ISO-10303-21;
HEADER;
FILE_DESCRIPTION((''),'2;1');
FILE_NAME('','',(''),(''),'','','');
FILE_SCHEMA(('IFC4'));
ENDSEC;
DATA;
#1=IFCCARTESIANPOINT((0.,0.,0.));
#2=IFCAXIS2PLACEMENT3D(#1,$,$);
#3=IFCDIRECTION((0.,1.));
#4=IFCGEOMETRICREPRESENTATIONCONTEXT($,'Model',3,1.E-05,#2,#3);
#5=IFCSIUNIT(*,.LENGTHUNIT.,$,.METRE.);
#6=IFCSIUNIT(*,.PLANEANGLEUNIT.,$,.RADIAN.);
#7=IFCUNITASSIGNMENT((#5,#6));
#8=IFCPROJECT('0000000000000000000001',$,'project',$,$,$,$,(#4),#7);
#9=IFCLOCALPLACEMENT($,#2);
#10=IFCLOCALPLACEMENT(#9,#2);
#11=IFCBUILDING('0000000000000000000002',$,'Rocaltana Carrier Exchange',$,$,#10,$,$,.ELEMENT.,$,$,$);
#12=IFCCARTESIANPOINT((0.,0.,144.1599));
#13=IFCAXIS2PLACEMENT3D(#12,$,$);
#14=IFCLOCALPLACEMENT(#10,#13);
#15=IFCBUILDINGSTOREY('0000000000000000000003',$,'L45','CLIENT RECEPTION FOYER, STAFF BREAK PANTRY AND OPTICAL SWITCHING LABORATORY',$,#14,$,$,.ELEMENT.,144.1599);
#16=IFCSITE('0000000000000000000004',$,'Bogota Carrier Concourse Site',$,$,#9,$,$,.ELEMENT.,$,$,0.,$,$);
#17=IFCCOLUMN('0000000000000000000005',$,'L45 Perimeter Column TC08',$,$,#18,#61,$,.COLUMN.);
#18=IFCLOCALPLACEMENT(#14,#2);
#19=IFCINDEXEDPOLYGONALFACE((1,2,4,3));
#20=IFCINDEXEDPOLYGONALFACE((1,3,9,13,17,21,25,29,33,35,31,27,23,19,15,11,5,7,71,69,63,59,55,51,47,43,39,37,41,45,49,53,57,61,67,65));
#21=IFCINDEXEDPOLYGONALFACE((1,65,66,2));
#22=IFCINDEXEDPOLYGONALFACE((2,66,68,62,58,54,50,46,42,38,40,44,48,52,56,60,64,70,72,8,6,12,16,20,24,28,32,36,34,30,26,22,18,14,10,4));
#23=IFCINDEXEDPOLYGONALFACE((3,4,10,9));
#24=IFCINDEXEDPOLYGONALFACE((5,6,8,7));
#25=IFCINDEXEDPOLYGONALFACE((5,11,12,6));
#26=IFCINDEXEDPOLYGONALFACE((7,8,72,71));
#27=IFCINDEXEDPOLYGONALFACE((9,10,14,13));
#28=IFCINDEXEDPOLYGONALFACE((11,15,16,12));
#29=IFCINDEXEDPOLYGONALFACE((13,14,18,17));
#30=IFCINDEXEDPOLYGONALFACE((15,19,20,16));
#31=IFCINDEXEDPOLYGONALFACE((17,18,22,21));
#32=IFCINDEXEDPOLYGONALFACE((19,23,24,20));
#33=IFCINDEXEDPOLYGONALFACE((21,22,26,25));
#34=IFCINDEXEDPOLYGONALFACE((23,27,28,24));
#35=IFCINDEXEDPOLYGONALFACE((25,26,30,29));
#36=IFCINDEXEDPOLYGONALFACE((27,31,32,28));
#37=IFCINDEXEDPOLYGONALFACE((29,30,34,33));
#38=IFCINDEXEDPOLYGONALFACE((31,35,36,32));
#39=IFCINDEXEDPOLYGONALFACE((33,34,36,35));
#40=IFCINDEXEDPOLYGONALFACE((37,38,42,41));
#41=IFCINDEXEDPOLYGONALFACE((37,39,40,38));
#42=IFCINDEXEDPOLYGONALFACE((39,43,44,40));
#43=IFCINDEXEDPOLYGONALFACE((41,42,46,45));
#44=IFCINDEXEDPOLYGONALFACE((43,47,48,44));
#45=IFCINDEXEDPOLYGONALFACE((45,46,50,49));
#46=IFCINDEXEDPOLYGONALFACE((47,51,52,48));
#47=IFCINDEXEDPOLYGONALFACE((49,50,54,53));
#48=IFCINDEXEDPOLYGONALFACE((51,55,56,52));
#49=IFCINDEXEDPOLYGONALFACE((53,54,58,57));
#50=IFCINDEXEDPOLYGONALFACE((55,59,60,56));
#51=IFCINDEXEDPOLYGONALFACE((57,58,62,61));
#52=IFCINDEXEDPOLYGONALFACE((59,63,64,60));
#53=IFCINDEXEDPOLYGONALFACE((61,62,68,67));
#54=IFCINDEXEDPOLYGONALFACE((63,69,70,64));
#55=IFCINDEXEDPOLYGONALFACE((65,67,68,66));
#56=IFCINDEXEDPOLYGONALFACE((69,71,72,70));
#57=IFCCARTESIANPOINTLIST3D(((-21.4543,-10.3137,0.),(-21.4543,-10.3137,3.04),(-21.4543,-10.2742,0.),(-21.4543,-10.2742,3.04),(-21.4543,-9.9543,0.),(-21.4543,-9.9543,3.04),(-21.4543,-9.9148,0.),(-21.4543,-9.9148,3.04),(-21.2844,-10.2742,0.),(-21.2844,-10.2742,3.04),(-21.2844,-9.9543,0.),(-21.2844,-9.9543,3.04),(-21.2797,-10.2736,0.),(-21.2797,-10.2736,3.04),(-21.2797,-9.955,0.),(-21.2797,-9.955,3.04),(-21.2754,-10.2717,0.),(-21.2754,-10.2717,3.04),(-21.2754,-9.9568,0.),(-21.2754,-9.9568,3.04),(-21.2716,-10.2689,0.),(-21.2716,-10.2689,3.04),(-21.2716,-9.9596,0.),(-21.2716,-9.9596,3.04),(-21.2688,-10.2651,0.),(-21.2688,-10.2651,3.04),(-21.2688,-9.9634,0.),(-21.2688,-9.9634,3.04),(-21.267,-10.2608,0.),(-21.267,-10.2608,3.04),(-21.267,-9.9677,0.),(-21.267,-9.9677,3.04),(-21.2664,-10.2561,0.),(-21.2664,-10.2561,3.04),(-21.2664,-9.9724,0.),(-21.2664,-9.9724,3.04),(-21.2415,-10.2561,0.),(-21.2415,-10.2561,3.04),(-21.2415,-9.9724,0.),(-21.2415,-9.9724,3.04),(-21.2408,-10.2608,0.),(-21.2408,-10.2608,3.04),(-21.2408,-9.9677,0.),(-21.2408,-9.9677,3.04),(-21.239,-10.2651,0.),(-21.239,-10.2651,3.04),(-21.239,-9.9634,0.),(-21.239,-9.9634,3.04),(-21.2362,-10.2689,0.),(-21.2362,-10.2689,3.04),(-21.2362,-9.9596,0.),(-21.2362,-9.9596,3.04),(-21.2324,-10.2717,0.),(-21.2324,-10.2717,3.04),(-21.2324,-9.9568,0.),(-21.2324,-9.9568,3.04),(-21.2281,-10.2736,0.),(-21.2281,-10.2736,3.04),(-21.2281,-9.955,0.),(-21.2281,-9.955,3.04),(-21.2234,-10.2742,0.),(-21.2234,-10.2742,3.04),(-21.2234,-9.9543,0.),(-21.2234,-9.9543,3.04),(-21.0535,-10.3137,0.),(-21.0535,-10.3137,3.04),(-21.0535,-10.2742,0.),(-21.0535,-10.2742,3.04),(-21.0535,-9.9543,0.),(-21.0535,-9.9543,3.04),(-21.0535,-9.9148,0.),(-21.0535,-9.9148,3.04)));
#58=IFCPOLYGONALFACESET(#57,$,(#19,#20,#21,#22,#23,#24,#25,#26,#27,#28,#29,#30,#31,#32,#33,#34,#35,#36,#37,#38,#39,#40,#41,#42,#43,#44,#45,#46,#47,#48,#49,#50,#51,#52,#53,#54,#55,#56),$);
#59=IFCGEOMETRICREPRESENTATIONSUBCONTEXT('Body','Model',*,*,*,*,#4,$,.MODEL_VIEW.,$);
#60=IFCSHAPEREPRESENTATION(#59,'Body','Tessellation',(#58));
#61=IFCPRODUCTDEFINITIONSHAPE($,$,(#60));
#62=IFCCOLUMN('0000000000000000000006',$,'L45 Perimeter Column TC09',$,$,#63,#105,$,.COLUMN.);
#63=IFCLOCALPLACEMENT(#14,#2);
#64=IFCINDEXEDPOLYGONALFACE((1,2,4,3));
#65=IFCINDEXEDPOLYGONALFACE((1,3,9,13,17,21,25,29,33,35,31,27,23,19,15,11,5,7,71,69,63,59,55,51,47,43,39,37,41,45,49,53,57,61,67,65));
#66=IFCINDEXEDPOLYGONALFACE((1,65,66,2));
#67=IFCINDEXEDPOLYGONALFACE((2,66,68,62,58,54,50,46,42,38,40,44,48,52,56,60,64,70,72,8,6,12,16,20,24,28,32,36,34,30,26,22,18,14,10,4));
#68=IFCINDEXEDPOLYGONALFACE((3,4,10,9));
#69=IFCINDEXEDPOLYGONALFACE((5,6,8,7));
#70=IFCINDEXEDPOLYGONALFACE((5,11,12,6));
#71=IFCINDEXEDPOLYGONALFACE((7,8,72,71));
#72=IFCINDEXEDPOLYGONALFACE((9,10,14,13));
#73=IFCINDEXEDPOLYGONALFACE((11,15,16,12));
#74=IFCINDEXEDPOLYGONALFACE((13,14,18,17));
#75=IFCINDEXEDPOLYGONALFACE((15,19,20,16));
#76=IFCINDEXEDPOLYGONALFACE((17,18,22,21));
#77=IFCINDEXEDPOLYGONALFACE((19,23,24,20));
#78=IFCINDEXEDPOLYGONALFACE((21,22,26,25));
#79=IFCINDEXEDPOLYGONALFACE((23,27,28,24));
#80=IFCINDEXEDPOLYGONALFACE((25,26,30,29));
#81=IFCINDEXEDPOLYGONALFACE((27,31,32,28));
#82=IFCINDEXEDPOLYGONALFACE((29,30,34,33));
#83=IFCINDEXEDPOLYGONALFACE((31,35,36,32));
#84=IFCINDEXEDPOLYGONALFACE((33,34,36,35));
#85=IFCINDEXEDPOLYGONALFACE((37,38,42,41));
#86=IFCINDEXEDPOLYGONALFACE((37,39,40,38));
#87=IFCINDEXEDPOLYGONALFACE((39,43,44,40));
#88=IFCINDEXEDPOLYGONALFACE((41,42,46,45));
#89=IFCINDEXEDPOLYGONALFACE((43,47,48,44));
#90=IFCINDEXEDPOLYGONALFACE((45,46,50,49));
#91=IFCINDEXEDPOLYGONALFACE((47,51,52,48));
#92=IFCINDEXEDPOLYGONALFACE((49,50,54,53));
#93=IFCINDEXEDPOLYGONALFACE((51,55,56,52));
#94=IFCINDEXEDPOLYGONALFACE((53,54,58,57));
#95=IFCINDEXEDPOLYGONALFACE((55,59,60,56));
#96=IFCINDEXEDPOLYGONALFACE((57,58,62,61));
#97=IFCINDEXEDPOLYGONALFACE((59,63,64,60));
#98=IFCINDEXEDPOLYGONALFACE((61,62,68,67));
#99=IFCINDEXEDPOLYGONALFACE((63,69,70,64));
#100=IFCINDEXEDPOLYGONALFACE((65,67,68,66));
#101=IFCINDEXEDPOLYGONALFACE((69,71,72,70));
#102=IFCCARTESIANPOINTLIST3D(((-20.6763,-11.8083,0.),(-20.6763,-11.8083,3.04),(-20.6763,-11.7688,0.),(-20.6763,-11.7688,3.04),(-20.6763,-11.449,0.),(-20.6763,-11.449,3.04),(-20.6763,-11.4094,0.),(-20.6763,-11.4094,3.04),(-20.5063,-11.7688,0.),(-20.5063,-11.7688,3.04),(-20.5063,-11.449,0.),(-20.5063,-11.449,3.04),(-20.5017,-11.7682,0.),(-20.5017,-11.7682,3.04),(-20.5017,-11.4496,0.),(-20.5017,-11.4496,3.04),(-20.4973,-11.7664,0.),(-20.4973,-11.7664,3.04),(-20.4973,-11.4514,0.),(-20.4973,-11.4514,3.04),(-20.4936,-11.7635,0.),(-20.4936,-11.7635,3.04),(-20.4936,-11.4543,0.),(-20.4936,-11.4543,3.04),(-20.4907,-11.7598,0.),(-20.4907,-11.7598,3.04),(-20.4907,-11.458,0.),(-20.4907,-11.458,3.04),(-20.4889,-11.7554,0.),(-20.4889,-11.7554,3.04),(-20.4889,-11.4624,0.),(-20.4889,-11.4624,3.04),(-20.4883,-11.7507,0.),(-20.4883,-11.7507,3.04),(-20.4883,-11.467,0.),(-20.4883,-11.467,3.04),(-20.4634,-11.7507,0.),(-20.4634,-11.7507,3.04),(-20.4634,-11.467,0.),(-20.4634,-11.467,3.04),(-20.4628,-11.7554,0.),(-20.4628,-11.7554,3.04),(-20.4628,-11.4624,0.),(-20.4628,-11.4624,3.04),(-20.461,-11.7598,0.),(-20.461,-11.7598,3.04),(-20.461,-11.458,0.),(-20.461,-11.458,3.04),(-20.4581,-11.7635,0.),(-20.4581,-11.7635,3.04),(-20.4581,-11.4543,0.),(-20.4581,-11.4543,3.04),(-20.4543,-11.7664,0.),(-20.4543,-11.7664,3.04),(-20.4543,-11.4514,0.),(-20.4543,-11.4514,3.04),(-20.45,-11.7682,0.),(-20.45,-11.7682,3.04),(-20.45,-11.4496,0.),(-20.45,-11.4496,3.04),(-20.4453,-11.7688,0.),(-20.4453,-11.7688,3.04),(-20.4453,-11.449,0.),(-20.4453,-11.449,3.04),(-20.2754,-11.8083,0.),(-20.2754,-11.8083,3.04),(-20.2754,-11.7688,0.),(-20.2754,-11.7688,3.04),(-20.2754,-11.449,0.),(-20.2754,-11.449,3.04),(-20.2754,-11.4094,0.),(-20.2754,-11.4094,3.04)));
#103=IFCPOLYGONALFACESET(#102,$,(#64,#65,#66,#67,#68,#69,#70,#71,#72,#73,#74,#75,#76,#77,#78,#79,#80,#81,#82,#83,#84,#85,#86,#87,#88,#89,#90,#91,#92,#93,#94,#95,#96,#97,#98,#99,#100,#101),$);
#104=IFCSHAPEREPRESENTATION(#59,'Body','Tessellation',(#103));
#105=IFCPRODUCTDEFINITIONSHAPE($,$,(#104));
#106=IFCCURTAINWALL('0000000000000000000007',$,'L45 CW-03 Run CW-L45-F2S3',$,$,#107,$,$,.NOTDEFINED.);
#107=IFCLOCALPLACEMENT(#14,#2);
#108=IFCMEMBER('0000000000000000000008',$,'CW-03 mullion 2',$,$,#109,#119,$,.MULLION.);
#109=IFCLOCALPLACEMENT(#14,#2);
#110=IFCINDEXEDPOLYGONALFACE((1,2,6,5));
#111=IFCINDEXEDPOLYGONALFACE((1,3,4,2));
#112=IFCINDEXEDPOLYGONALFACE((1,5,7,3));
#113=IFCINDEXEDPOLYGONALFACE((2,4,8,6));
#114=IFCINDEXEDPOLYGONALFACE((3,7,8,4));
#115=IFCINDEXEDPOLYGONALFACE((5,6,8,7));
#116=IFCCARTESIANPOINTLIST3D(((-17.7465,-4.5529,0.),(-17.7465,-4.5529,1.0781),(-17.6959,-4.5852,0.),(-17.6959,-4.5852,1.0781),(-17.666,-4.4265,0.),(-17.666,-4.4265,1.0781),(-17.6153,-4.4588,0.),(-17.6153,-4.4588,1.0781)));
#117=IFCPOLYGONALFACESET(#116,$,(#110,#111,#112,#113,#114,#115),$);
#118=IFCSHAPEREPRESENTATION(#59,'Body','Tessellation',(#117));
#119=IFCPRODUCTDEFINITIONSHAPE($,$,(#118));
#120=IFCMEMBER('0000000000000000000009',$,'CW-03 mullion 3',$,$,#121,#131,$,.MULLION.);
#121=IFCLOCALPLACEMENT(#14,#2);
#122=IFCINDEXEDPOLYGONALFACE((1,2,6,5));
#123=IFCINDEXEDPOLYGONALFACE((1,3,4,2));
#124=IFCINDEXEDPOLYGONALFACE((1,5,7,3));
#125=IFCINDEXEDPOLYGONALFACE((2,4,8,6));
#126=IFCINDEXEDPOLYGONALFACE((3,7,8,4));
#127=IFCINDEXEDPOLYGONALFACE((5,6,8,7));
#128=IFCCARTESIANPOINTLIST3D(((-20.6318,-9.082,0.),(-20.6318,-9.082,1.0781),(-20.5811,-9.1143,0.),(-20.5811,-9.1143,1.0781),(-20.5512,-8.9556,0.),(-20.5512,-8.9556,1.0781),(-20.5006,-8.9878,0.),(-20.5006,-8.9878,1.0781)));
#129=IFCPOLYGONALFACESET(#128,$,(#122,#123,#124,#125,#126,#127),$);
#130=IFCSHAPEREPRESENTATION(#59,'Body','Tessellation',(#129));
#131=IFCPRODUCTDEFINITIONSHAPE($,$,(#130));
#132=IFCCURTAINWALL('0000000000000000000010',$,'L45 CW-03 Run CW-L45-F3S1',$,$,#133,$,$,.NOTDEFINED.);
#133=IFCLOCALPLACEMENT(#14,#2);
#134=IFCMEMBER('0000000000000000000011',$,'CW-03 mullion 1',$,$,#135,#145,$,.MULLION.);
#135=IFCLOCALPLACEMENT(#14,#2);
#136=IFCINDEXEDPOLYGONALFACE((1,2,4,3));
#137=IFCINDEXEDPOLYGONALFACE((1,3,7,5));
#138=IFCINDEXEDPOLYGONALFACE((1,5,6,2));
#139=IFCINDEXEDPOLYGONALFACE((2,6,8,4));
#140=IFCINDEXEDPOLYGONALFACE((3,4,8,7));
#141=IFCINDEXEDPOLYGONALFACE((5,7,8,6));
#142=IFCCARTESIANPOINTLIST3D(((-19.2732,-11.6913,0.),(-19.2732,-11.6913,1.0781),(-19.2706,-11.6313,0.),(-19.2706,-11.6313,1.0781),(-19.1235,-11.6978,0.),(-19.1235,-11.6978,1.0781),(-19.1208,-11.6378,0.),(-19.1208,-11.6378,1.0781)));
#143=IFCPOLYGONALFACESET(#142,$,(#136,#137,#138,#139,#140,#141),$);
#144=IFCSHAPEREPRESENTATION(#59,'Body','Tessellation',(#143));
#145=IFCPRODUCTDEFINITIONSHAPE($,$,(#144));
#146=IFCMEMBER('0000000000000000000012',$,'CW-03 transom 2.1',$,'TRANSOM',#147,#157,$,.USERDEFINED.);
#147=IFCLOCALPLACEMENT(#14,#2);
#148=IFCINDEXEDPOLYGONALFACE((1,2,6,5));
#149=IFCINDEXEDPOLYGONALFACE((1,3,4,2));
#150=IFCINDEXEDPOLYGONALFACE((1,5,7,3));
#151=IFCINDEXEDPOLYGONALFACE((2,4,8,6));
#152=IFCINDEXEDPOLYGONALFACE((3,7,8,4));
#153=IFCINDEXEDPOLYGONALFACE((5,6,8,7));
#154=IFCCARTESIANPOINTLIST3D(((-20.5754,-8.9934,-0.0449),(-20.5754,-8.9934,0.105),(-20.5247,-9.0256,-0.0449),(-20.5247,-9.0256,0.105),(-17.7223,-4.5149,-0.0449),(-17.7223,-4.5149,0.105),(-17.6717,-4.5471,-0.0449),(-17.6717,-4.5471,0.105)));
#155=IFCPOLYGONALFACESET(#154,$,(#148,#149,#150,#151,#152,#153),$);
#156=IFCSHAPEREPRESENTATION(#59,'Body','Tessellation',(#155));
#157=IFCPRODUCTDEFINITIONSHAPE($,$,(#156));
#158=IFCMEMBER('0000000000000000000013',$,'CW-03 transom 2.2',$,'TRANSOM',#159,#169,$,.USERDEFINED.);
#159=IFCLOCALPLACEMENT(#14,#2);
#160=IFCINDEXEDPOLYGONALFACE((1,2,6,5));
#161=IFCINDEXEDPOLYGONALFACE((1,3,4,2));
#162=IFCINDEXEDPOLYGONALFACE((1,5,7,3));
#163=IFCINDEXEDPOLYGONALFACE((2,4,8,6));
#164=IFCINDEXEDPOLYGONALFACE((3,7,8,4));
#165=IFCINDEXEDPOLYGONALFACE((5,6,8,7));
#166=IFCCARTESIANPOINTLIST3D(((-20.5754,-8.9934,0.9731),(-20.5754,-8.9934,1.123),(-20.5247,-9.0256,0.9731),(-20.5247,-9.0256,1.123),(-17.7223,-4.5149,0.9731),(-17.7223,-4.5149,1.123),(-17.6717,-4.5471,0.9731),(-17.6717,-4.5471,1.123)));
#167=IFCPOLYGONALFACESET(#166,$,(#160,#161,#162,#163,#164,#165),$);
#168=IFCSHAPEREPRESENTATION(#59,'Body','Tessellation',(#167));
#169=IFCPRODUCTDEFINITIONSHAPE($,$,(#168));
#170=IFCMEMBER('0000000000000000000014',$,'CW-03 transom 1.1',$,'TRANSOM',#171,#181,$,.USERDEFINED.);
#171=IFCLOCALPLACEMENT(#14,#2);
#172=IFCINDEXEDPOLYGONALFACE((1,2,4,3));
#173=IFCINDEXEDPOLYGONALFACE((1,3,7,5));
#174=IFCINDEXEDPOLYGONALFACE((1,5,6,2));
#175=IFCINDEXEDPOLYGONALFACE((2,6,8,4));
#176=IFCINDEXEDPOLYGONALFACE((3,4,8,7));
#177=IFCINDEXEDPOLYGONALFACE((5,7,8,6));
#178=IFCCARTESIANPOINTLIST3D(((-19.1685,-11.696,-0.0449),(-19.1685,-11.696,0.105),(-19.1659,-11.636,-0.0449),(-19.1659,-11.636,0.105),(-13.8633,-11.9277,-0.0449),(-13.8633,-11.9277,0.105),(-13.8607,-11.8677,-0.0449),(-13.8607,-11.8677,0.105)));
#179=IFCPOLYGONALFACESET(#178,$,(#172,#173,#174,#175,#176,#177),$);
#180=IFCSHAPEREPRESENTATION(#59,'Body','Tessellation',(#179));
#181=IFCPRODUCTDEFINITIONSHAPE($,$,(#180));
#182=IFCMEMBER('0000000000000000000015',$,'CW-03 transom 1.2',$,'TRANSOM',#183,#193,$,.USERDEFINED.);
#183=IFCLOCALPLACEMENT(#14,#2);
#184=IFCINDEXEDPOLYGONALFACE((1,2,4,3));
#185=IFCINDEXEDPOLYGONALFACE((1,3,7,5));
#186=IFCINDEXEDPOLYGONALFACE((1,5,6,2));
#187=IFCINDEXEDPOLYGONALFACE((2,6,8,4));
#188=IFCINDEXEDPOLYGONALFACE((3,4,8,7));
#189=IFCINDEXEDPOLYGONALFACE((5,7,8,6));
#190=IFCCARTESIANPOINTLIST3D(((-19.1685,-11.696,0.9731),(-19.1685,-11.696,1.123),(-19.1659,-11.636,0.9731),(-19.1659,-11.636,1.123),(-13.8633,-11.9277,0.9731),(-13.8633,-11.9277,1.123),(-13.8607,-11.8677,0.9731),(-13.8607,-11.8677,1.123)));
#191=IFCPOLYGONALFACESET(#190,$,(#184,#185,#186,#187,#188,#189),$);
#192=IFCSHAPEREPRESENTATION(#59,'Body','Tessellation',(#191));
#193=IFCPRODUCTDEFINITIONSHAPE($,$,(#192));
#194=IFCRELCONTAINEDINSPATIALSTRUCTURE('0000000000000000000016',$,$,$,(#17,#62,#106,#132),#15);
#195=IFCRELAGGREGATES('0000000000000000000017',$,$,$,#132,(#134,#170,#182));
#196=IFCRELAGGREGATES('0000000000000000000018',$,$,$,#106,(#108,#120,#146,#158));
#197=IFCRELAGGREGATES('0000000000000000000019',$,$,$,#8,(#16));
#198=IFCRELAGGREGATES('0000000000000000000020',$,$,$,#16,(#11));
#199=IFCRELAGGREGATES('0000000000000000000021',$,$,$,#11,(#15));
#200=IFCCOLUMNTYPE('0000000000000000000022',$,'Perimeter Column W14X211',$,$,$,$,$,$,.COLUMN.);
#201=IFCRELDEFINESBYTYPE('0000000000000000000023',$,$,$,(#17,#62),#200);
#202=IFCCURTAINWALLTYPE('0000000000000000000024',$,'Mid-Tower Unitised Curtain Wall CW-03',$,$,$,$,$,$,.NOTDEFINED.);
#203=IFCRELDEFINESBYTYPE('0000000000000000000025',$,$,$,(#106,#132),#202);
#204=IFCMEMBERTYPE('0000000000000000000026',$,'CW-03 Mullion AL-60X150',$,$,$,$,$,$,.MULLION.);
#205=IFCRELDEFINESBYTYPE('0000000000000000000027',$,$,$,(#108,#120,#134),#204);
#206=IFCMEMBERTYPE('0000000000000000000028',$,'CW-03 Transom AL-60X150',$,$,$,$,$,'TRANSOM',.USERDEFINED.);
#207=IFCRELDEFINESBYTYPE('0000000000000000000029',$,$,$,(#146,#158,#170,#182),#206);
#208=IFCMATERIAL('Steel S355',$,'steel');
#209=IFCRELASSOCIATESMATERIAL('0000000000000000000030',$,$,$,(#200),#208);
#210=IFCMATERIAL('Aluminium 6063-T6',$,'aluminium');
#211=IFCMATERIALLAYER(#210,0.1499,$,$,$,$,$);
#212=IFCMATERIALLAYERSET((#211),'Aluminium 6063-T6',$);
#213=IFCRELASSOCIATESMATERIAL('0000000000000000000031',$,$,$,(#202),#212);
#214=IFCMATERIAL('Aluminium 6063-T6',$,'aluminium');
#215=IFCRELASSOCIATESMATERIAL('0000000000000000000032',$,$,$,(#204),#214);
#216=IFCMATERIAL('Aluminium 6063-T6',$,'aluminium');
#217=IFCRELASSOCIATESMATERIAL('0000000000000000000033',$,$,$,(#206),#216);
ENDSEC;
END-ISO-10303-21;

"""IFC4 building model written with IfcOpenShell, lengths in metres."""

from ifc_helpers import new_model, si_unit, direction, frame, origin, origin_2d, place, context, subcontext, project, spatial, rectangle, i_section, extrude, material, layer, layer_set, material_profile, profile_set, type_object, element, aggregate, save


model = new_model("IFC4")

# Units and contexts
model_context = context("Model", 3, precision=1e-05, world=origin(), true_north=direction((0.0, 1.0)))
body_context = subcontext(model_context, "Body", "Model", "MODEL_VIEW")
ifc_project = project(units=[si_unit("LENGTHUNIT", "METRE"), si_unit("PLANEANGLEUNIT", "RADIAN")], contexts=[model_context])

# Site, building, storey
site_placement = place(None, origin())
site = spatial("IfcSite", under=ifc_project, at=site_placement, Name="Bogota Carrier Concourse Site", CompositionType="ELEMENT", RefElevation=0.0)
building_placement = place(site_placement, origin())
building = spatial("IfcBuilding", under=site, at=building_placement, Name="Rocaltana Carrier Exchange", CompositionType="ELEMENT")
storey_placement = place(building_placement, frame((0.0, 0.0, 144.1599)))
storey = spatial("IfcBuildingStorey", under=building, at=storey_placement, Name="L45", Description="CLIENT RECEPTION FOYER, STAFF BREAK PANTRY AND OPTICAL SWITCHING LABORATORY", CompositionType="ELEMENT", Elevation=144.1599)

# Columns
ifc_material_1 = material(Name="Steel S355", Category="steel")
ifc_material_profile_1 = material_profile(ifc_material_1, i_section(OverallWidth=0.4009, OverallDepth=0.3989, WebThickness=0.0249, FlangeThickness=0.0396, FilletRadius=0.0181, at=origin_2d()), Name="W14X211")
ifc_profile_set_1 = profile_set([ifc_material_profile_1], Name="Steel S355")
column_type = type_object("IfcColumnType", Name="Perimeter Column W14X211", PredefinedType="COLUMN", material=ifc_profile_set_1)
for number, where, z_axis, x_axis, name in (
    (1, (-21.2539, -10.1143, 0.0), (0.0, 0.0, 1.0), (1.0, 0.0, 0.0), "L45 Perimeter Column TC08"),
    (2, (-20.4758, -11.6089, 0.0), (0.0, 0.0, 1.0), (1.0, 0.0, 0.0), "L45 Perimeter Column TC09"),
):
    element("IfcColumn", number, at=place(storey_placement, frame(where, z_axis=z_axis, x_axis=x_axis)), inside=storey, type_object=column_type, Name=name, PredefinedType="COLUMN", context=body_context, shape_type="SweptSolid", body=[
        extrude(i_section(OverallWidth=0.4009, OverallDepth=0.3989, WebThickness=0.0249, FlangeThickness=0.0396, FilletRadius=0.0181, at=origin_2d()), origin(), (0.0, 0.0, 1.0), 3.04),
    ])

# Curtain wall, members
ifc_material_2 = material(Name="Aluminium 6063-T6", Category="aluminium")
ifc_layer_1 = layer(ifc_material_2, 0.1499)
ifc_layer_set_1 = layer_set([ifc_layer_1], Name="Aluminium 6063-T6")
curtain_wall_type = type_object("IfcCurtainWallType", Name="Mid-Tower Unitised Curtain Wall CW-03", PredefinedType="NOTDEFINED", material=ifc_layer_set_1)
curtain_wall_1_placement = place(storey_placement, origin())
curtain_wall_1 = element("IfcCurtainWall", 3, at=curtain_wall_1_placement, inside=storey, type_object=curtain_wall_type, Name="L45 CW-03 Run CW-L45-F2S3", PredefinedType="NOTDEFINED")
ifc_material_3 = material(Name="Aluminium 6063-T6", Category="aluminium")
ifc_material_profile_2 = material_profile(ifc_material_3, rectangle(XDim=0.0601, YDim=0.1499, at=origin_2d()), Name="AL-60X150")
ifc_profile_set_2 = profile_set([ifc_material_profile_2], Name="Aluminium 6063-T6")
member_type_1 = type_object("IfcMemberType", Name="CW-03 Mullion AL-60X150", PredefinedType="MULLION", material=ifc_profile_set_2)
member_1_placement = place(storey_placement, frame((-17.6809, -4.5059, 0.0), z_axis=(0.0, 0.0, 1.0), x_axis=(0.843391, -0.537301, 0.0)))
member_1 = element("IfcMember", 4, at=member_1_placement, type_object=member_type_1, Name="CW-03 mullion 2", PredefinedType="MULLION", context=body_context, shape_type="SweptSolid", body=[
    extrude(rectangle(XDim=0.0601, YDim=0.1499, at=origin_2d()), origin(), (0.0, 0.0, 1.0), 1.0781),
])
member_2_placement = place(storey_placement, frame((-20.5662, -9.0349, 0.0), z_axis=(0.0, 0.0, 1.0), x_axis=(0.843391, -0.537301, 0.0)))
member_2 = element("IfcMember", 5, at=member_2_placement, type_object=member_type_1, Name="CW-03 mullion 3", PredefinedType="MULLION", context=body_context, shape_type="SweptSolid", body=[
    extrude(rectangle(XDim=0.0601, YDim=0.1499, at=origin_2d()), origin(), (0.0, 0.0, 1.0), 1.0781),
])

# Curtain wall, member
curtain_wall_2_placement = place(storey_placement, origin())
curtain_wall_2 = element("IfcCurtainWall", 6, at=curtain_wall_2_placement, inside=storey, type_object=curtain_wall_type, Name="L45 CW-03 Run CW-L45-F3S1", PredefinedType="NOTDEFINED")
member_3_placement = place(storey_placement, frame((-19.197, -11.6646, 0.0), z_axis=(0.0, 0.0, 1.0), x_axis=(0.043629, 0.999048, 0.0)))
member_3 = element("IfcMember", 7, at=member_3_placement, type_object=member_type_1, Name="CW-03 mullion 1", PredefinedType="MULLION", context=body_context, shape_type="SweptSolid", body=[
    extrude(rectangle(XDim=0.0601, YDim=0.1499, at=origin_2d()), origin(), (0.0, 0.0, 1.0), 1.0781),
])

# Members
ifc_material_4 = material(Name="Aluminium 6063-T6", Category="aluminium")
ifc_material_profile_3 = material_profile(ifc_material_4, rectangle(XDim=0.0601, YDim=0.1499, at=origin_2d()), Name="AL-60X150")
ifc_profile_set_3 = profile_set([ifc_material_profile_3], Name="Aluminium 6063-T6")
member_type_2 = type_object("IfcMemberType", Name="CW-03 Transom AL-60X150", ElementType="TRANSOM", PredefinedType="USERDEFINED", material=ifc_profile_set_3)
member_4_placement = place(storey_placement, frame((-17.697, -4.531, 0.03), z_axis=(-0.537286, -0.8434, 0.0), x_axis=(0.8434, -0.537286, 0.0)))
member_4 = element("IfcMember", 8, at=member_4_placement, type_object=member_type_2, Name="CW-03 transom 2.1", ObjectType="TRANSOM", PredefinedType="USERDEFINED", context=body_context, shape_type="SweptSolid", body=[
    extrude(rectangle(XDim=0.0601, YDim=0.1499, at=origin_2d()), origin(), (0.0, 0.0, 1.0), 5.3101),
])
member_5_placement = place(storey_placement, frame((-17.697, -4.531, 1.0481), z_axis=(-0.537286, -0.8434, 0.0), x_axis=(0.8434, -0.537286, 0.0)))
member_5 = element("IfcMember", 9, at=member_5_placement, type_object=member_type_2, Name="CW-03 transom 2.2", ObjectType="TRANSOM", PredefinedType="USERDEFINED", context=body_context, shape_type="SweptSolid", body=[
    extrude(rectangle(XDim=0.0601, YDim=0.1499, at=origin_2d()), origin(), (0.0, 0.0, 1.0), 5.3101),
])
member_6_placement = place(storey_placement, frame((-19.1672, -11.666, 0.03), z_axis=(0.999048, -0.043631, 0.0), x_axis=(0.043631, 0.999048, 0.0)))
member_6 = element("IfcMember", 10, at=member_6_placement, type_object=member_type_2, Name="CW-03 transom 1.1", ObjectType="TRANSOM", PredefinedType="USERDEFINED", context=body_context, shape_type="SweptSolid", body=[
    extrude(rectangle(XDim=0.0601, YDim=0.1499, at=origin_2d()), origin(), (0.0, 0.0, 1.0), 5.3103),
])
member_7_placement = place(storey_placement, frame((-19.1672, -11.666, 1.0481), z_axis=(0.999048, -0.043631, 0.0), x_axis=(0.043631, 0.999048, 0.0)))
member_7 = element("IfcMember", 11, at=member_7_placement, type_object=member_type_2, Name="CW-03 transom 1.2", ObjectType="TRANSOM", PredefinedType="USERDEFINED", context=body_context, shape_type="SweptSolid", body=[
    extrude(rectangle(XDim=0.0601, YDim=0.1499, at=origin_2d()), origin(), (0.0, 0.0, 1.0), 5.3103),
])
aggregate(curtain_wall_2, [member_3, member_6, member_7])

aggregate(curtain_wall_1, [member_1, member_2, member_4, member_5])

save(model, "model.ifc")
